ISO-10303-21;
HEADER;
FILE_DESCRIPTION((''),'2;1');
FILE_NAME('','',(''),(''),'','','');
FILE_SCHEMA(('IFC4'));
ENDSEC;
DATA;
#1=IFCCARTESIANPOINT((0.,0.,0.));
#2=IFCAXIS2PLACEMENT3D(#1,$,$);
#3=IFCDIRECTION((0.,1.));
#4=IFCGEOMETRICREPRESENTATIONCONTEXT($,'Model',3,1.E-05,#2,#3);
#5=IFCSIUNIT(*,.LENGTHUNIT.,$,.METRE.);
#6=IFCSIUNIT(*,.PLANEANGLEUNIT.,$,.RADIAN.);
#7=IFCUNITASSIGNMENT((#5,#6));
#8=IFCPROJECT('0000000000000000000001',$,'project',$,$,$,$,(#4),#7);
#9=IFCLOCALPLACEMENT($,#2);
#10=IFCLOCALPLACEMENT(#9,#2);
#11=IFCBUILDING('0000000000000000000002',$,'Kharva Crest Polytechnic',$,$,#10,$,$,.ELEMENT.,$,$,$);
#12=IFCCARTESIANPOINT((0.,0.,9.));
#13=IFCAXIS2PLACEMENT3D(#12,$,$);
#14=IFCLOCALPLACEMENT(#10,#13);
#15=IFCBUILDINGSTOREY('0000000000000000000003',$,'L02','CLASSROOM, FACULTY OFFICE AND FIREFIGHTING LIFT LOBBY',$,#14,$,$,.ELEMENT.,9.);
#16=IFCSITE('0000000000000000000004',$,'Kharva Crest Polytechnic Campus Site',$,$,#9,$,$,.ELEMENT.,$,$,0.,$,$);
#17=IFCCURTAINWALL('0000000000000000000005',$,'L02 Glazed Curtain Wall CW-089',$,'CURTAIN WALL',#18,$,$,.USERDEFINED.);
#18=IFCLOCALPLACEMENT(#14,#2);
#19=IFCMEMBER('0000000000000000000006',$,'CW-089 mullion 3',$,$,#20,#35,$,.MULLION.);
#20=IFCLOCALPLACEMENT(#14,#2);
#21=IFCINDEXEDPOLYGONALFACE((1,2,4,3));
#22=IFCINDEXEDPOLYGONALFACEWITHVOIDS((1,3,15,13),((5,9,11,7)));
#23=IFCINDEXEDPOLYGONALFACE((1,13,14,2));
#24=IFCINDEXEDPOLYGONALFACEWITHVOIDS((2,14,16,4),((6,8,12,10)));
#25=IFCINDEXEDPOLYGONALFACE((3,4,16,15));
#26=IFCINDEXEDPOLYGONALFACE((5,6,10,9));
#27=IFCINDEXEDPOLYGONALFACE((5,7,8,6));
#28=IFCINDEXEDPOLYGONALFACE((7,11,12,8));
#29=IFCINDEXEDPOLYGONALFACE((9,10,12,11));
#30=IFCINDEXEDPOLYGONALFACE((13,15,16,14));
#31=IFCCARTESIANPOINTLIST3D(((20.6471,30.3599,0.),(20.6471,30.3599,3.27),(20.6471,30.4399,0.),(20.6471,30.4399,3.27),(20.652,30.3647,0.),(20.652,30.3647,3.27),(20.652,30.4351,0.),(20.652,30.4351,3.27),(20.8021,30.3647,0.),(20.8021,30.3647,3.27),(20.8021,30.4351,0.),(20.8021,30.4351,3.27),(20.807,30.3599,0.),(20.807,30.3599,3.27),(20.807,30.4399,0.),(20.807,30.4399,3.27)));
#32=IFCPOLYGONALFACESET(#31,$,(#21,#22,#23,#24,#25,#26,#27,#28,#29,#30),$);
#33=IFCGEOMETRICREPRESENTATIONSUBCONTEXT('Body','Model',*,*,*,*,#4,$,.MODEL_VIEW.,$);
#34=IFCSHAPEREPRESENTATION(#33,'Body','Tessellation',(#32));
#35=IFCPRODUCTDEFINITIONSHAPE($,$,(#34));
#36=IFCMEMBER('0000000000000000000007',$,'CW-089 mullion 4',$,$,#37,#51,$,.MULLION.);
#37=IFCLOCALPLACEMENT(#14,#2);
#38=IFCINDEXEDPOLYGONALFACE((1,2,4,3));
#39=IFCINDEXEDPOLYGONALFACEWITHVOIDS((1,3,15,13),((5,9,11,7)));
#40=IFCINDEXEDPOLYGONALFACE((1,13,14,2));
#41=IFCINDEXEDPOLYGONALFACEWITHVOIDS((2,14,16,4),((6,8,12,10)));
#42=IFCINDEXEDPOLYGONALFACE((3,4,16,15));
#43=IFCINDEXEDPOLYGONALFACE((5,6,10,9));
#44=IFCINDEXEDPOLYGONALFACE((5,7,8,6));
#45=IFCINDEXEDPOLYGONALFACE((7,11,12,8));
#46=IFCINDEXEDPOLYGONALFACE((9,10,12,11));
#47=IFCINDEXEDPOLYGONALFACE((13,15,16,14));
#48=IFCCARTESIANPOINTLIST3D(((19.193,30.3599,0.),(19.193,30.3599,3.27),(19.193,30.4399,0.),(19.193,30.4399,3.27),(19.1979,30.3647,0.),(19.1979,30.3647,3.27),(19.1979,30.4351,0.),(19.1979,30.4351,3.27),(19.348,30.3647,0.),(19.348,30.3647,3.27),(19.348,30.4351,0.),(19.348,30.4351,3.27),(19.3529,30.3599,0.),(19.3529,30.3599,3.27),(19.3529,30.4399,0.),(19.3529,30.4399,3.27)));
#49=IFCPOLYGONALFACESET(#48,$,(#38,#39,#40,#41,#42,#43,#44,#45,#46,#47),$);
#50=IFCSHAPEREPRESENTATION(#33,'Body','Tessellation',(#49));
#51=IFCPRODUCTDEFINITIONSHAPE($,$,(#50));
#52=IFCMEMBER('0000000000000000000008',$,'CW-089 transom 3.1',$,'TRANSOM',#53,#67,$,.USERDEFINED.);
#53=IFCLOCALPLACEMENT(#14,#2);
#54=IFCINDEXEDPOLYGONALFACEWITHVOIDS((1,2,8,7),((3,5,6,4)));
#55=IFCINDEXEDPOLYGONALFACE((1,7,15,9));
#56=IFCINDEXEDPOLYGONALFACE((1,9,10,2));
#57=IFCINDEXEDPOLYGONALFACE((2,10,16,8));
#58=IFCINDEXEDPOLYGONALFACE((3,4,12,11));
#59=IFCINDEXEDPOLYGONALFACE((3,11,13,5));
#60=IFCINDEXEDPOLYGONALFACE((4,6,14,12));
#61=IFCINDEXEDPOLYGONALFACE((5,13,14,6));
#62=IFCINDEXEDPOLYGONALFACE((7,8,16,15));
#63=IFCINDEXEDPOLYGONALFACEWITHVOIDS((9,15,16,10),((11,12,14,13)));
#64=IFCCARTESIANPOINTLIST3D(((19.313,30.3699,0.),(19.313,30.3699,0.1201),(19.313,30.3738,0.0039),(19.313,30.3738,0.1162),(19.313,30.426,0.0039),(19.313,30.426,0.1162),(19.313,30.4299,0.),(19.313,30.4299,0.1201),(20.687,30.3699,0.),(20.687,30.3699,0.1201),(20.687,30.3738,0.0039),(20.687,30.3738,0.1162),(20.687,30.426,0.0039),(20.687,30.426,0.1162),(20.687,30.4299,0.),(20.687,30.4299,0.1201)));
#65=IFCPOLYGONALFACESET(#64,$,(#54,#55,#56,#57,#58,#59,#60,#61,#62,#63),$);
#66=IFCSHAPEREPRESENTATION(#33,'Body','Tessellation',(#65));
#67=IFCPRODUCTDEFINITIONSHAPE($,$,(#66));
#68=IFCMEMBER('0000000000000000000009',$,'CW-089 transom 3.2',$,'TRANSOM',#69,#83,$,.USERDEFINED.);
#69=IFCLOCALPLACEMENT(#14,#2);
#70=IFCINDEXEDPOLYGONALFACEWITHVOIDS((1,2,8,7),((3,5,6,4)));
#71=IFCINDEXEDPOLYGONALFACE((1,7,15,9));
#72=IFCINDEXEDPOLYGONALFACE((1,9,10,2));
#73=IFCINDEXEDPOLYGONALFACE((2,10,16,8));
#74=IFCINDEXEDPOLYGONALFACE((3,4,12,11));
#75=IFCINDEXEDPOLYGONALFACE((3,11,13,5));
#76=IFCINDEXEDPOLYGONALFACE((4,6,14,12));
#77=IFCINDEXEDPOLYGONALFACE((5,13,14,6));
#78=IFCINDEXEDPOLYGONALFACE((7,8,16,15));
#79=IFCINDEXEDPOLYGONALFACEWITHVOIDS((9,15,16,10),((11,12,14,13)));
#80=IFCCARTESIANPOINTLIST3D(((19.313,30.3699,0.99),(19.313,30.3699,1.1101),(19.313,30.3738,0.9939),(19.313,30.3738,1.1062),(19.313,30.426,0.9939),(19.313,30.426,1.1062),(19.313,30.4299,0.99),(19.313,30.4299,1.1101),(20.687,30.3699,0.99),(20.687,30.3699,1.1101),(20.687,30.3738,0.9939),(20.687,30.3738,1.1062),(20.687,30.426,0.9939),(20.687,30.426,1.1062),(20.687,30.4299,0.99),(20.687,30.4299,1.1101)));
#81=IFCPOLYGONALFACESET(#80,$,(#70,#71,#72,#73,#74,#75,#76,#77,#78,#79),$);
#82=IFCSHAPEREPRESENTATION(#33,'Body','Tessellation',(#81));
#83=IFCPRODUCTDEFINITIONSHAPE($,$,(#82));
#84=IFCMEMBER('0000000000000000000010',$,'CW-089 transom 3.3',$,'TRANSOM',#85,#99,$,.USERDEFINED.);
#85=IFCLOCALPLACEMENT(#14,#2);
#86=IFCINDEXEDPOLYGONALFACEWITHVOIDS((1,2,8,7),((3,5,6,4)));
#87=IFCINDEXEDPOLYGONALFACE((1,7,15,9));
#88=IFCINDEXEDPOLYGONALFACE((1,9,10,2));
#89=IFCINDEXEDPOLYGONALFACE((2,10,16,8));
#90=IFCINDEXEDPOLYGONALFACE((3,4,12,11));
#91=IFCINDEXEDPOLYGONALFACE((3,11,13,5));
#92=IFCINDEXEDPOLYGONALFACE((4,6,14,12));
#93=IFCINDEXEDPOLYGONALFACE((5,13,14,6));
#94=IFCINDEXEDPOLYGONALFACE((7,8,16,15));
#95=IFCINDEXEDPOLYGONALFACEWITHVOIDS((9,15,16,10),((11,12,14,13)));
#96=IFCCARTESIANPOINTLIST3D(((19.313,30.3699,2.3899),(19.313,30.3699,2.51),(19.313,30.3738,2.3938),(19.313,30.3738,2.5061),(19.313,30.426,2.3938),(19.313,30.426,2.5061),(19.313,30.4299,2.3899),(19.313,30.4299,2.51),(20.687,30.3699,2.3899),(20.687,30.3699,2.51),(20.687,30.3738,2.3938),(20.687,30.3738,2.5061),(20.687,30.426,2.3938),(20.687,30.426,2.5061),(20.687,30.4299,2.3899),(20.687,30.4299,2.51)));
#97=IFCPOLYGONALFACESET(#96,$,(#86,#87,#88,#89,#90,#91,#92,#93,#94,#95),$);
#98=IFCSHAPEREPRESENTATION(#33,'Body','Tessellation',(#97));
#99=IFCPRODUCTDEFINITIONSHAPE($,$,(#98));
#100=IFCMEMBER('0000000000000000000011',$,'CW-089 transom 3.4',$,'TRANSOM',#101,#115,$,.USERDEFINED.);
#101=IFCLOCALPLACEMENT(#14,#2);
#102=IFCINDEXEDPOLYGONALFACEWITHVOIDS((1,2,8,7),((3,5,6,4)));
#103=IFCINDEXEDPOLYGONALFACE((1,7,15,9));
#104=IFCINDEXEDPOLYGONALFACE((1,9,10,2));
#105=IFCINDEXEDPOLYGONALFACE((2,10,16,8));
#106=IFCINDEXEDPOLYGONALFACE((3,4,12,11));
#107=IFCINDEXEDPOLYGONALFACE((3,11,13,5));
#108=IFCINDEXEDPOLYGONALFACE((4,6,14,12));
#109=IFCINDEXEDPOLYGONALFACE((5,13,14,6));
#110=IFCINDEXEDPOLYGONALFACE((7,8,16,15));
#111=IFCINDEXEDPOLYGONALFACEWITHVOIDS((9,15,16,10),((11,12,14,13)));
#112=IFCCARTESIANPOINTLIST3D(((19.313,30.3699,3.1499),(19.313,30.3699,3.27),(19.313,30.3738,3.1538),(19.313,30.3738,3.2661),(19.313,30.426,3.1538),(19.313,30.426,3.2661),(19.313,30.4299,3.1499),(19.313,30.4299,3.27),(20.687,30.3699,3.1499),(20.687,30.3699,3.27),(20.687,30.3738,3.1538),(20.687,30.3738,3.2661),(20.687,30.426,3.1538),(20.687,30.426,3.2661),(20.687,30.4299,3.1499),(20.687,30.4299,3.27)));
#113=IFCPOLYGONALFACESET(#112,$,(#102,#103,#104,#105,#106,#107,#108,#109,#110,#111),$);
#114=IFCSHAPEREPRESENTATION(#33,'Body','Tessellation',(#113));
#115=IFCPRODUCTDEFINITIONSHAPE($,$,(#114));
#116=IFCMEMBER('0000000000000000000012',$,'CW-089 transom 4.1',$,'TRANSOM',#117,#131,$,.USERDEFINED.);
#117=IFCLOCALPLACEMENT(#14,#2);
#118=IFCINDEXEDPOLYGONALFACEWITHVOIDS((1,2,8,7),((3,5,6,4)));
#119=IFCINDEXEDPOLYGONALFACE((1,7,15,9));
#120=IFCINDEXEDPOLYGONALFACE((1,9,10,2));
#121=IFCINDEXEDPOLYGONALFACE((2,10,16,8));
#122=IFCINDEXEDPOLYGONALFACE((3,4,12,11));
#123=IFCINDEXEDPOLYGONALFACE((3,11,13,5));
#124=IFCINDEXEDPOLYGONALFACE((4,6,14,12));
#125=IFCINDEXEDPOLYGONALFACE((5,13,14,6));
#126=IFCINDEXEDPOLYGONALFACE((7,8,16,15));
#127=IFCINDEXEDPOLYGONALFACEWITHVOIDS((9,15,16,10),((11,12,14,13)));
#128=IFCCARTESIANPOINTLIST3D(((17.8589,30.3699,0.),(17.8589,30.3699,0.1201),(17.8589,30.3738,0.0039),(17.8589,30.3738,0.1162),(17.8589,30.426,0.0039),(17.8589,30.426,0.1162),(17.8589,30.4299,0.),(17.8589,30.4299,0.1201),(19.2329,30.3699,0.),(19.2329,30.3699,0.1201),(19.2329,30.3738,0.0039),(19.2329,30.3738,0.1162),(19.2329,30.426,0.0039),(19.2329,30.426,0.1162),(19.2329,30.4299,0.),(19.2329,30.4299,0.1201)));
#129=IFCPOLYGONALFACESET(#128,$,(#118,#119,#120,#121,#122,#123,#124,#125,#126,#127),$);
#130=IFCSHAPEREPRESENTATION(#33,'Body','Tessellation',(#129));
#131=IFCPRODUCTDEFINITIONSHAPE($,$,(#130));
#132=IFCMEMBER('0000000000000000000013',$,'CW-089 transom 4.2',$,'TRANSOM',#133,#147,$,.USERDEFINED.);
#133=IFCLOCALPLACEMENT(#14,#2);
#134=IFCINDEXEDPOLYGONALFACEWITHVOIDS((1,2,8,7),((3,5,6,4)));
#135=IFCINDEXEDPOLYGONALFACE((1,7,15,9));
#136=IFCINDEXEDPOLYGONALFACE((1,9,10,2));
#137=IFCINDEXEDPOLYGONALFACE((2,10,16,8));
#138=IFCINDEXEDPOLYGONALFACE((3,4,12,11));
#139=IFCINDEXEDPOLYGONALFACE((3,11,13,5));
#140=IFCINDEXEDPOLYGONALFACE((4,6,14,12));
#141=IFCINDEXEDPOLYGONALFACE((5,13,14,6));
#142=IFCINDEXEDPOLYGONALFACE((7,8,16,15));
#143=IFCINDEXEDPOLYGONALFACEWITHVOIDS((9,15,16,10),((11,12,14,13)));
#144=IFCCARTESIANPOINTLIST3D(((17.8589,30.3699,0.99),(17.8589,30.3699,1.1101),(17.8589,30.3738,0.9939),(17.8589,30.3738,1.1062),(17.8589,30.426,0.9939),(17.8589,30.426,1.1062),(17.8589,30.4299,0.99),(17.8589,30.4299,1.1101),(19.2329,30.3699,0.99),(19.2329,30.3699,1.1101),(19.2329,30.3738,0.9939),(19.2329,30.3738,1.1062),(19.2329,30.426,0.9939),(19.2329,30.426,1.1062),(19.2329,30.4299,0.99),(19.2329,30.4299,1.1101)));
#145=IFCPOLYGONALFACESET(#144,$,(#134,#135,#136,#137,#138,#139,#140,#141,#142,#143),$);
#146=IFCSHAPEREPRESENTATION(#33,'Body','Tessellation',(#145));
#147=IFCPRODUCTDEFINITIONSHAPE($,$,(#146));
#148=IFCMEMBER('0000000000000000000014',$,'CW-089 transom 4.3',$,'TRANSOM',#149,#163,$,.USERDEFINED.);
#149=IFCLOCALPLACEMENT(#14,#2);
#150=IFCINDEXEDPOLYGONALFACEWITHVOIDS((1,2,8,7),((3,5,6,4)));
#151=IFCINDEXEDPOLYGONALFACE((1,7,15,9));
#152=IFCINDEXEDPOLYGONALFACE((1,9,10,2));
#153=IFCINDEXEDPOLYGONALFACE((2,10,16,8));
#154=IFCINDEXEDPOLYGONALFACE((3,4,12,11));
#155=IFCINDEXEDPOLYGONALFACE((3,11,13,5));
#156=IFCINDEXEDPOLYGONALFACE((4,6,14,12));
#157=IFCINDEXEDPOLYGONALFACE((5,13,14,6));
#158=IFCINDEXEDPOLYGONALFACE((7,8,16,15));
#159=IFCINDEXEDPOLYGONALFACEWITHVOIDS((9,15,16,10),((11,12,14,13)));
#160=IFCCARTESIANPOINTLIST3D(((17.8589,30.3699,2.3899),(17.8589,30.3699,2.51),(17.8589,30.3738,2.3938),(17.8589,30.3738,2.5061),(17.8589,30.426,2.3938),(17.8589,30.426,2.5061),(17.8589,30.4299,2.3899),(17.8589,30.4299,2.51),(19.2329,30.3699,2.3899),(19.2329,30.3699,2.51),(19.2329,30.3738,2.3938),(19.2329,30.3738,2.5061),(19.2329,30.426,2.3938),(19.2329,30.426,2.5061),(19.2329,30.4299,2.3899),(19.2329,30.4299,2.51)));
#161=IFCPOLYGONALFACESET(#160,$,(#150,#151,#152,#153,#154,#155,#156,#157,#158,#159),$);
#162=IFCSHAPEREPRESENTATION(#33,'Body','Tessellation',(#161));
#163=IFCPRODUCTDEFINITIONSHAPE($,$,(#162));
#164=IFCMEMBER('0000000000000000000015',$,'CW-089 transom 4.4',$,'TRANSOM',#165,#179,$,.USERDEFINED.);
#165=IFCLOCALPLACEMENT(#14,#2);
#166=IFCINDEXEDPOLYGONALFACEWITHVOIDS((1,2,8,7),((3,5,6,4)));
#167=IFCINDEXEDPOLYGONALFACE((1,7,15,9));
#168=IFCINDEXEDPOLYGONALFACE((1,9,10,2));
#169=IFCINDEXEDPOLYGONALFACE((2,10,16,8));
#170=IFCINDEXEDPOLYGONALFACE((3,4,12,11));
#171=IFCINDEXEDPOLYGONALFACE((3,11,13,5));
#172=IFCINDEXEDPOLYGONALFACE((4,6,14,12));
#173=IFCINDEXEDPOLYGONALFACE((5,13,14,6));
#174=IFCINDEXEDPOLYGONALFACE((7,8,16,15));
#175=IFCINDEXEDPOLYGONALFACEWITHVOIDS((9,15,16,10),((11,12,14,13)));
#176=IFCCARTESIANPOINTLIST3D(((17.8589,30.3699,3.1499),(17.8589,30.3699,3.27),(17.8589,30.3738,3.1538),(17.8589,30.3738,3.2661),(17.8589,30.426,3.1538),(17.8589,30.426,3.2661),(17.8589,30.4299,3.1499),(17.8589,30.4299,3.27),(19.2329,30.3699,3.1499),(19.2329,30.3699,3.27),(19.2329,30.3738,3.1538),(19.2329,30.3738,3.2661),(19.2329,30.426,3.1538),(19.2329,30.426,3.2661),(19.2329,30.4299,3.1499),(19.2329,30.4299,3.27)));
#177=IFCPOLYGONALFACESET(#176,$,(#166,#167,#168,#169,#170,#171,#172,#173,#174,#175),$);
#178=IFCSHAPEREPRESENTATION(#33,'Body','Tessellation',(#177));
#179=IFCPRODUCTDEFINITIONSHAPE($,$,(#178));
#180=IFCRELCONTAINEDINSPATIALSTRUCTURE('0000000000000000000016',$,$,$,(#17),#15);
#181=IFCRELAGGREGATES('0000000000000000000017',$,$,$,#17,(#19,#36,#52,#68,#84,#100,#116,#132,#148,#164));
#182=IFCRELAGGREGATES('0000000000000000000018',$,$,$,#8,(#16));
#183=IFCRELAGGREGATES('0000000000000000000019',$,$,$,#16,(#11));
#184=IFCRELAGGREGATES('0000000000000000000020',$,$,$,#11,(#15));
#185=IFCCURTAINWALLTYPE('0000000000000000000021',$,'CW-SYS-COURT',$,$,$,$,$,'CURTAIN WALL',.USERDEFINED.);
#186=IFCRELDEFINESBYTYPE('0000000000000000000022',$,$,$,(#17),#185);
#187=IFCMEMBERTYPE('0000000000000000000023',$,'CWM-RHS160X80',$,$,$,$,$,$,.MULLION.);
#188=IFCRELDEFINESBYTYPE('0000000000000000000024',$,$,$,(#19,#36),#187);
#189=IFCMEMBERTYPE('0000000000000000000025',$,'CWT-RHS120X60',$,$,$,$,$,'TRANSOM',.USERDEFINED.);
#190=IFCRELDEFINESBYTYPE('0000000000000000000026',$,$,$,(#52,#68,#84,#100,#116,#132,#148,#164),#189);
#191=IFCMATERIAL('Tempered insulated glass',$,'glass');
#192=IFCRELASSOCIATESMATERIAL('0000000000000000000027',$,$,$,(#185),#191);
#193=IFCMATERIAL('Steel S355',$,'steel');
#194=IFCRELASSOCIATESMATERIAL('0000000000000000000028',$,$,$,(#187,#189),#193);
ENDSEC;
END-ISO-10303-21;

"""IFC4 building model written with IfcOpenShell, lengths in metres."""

from ifc_helpers import new_model, si_unit, direction, frame, origin, origin_2d, place, context, subcontext, project, spatial, hollow_rectangle, extrude, material, material_profile, profile_set, type_object, element, aggregate, save


model = new_model("IFC4")

# Units and contexts
model_context = context("Model", 3, precision=1e-05, world=origin(), true_north=direction((0.0, 1.0)))
body_context = subcontext(model_context, "Body", "Model", "MODEL_VIEW")
ifc_project = project(units=[si_unit("LENGTHUNIT", "METRE"), si_unit("PLANEANGLEUNIT", "RADIAN")], contexts=[model_context])

# Site, building, storey
site_placement = place(None, origin())
site = spatial("IfcSite", under=ifc_project, at=site_placement, Name="Kharva Crest Polytechnic Campus Site", CompositionType="ELEMENT", RefElevation=0.0)
building_placement = place(site_placement, origin())
building = spatial("IfcBuilding", under=site, at=building_placement, Name="Kharva Crest Polytechnic", CompositionType="ELEMENT")
storey_placement = place(building_placement, frame((0.0, 0.0, 9.0)))
storey = spatial("IfcBuildingStorey", under=building, at=storey_placement, Name="L02", Description="CLASSROOM, FACULTY OFFICE AND FIREFIGHTING LIFT LOBBY", CompositionType="ELEMENT", Elevation=9.0)

# Curtain wall, members
ifc_material_1 = material(Name="Tempered insulated glass", Category="glass")
curtain_wall_type = type_object("IfcCurtainWallType", Name="CW-SYS-COURT", ElementType="CURTAIN WALL", PredefinedType="USERDEFINED", material=ifc_material_1)
curtain_wall_placement = place(storey_placement, origin())
curtain_wall = element("IfcCurtainWall", 1, at=curtain_wall_placement, inside=storey, type_object=curtain_wall_type, Name="L02 Glazed Curtain Wall CW-089", ObjectType="CURTAIN WALL", PredefinedType="USERDEFINED")
ifc_material_2 = material(Name="Steel S355", Category="steel")
ifc_material_profile_1 = material_profile(ifc_material_2, hollow_rectangle(XDim=0.0801, YDim=0.1599, WallThickness=0.0049, at=origin_2d()), Name="RHS 160X80X5.0")
ifc_profile_set_1 = profile_set([ifc_material_profile_1], Name="Steel S355")
member_type_1 = type_object("IfcMemberType", Name="CWM-RHS160X80", PredefinedType="MULLION", material=ifc_profile_set_1)
member_1_placement = place(storey_placement, frame((20.7271, 30.3999, 0.0), z_axis=(0.0, 0.0, 1.0), x_axis=(0.0, -1.0, 0.0)))
member_1 = element("IfcMember", 2, at=member_1_placement, type_object=member_type_1, Name="CW-089 mullion 3", PredefinedType="MULLION", context=body_context, shape_type="SweptSolid", body=[
    extrude(hollow_rectangle(XDim=0.0801, YDim=0.1599, WallThickness=0.0049, at=origin_2d()), origin(), (0.0, 0.0, 1.0), 3.27),
])
member_2_placement = place(storey_placement, frame((19.2729, 30.3999, 0.0), z_axis=(0.0, 0.0, 1.0), x_axis=(0.0, -1.0, 0.0)))
member_2 = element("IfcMember", 3, at=member_2_placement, type_object=member_type_1, Name="CW-089 mullion 4", PredefinedType="MULLION", context=body_context, shape_type="SweptSolid", body=[
    extrude(hollow_rectangle(XDim=0.0801, YDim=0.1599, WallThickness=0.0049, at=origin_2d()), origin(), (0.0, 0.0, 1.0), 3.27),
])
ifc_material_profile_2 = material_profile(ifc_material_2, hollow_rectangle(XDim=0.0601, YDim=0.1201, WallThickness=0.0039, at=origin_2d()), Name="RHS 120X60X4.0")
ifc_profile_set_2 = profile_set([ifc_material_profile_2], Name="Steel S355")
member_type_2 = type_object("IfcMemberType", Name="CWT-RHS120X60", ElementType="TRANSOM", PredefinedType="USERDEFINED", material=ifc_profile_set_2)
member_3_placement = place(storey_placement, frame((20.687, 30.3999, 0.0601), z_axis=(-1.0, 0.0, 0.0), x_axis=(0.0, -1.0, 0.0)))
member_3 = element("IfcMember", 4, at=member_3_placement, type_object=member_type_2, Name="CW-089 transom 3.1", ObjectType="TRANSOM", PredefinedType="USERDEFINED", context=body_context, shape_type="SweptSolid", body=[
    extrude(hollow_rectangle(XDim=0.0601, YDim=0.1201, WallThickness=0.0039, at=origin_2d()), origin(), (0.0, 0.0, 1.0), 1.374),
])
member_4_placement = place(storey_placement, frame((20.687, 30.3999, 1.05), z_axis=(-1.0, 0.0, 0.0), x_axis=(0.0, -1.0, 0.0)))
member_4 = element("IfcMember", 5, at=member_4_placement, type_object=member_type_2, Name="CW-089 transom 3.2", ObjectType="TRANSOM", PredefinedType="USERDEFINED", context=body_context, shape_type="SweptSolid", body=[
    extrude(hollow_rectangle(XDim=0.0601, YDim=0.1201, WallThickness=0.0039, at=origin_2d()), origin(), (0.0, 0.0, 1.0), 1.374),
])
member_5_placement = place(storey_placement, frame((20.687, 30.3999, 2.45), z_axis=(-1.0, 0.0, 0.0), x_axis=(0.0, -1.0, 0.0)))
member_5 = element("IfcMember", 6, at=member_5_placement, type_object=member_type_2, Name="CW-089 transom 3.3", ObjectType="TRANSOM", PredefinedType="USERDEFINED", context=body_context, shape_type="SweptSolid", body=[
    extrude(hollow_rectangle(XDim=0.0601, YDim=0.1201, WallThickness=0.0039, at=origin_2d()), origin(), (0.0, 0.0, 1.0), 1.374),
])
member_6_placement = place(storey_placement, frame((20.687, 30.3999, 3.21), z_axis=(-1.0, 0.0, 0.0), x_axis=(0.0, -1.0, 0.0)))
member_6 = element("IfcMember", 7, at=member_6_placement, type_object=member_type_2, Name="CW-089 transom 3.4", ObjectType="TRANSOM", PredefinedType="USERDEFINED", context=body_context, shape_type="SweptSolid", body=[
    extrude(hollow_rectangle(XDim=0.0601, YDim=0.1201, WallThickness=0.0039, at=origin_2d()), origin(), (0.0, 0.0, 1.0), 1.374),
])
member_7_placement = place(storey_placement, frame((19.2329, 30.3999, 0.0601), z_axis=(-1.0, 0.0, 0.0), x_axis=(0.0, -1.0, 0.0)))
member_7 = element("IfcMember", 8, at=member_7_placement, type_object=member_type_2, Name="CW-089 transom 4.1", ObjectType="TRANSOM", PredefinedType="USERDEFINED", context=body_context, shape_type="SweptSolid", body=[
    extrude(hollow_rectangle(XDim=0.0601, YDim=0.1201, WallThickness=0.0039, at=origin_2d()), origin(), (0.0, 0.0, 1.0), 1.374),
])
member_8_placement = place(storey_placement, frame((19.2329, 30.3999, 1.05), z_axis=(-1.0, 0.0, 0.0), x_axis=(0.0, -1.0, 0.0)))
member_8 = element("IfcMember", 9, at=member_8_placement, type_object=member_type_2, Name="CW-089 transom 4.2", ObjectType="TRANSOM", PredefinedType="USERDEFINED", context=body_context, shape_type="SweptSolid", body=[
    extrude(hollow_rectangle(XDim=0.0601, YDim=0.1201, WallThickness=0.0039, at=origin_2d()), origin(), (0.0, 0.0, 1.0), 1.374),
])
member_9_placement = place(storey_placement, frame((19.2329, 30.3999, 2.45), z_axis=(-1.0, 0.0, 0.0), x_axis=(0.0, -1.0, 0.0)))
member_9 = element("IfcMember", 10, at=member_9_placement, type_object=member_type_2, Name="CW-089 transom 4.3", ObjectType="TRANSOM", PredefinedType="USERDEFINED", context=body_context, shape_type="SweptSolid", body=[
    extrude(hollow_rectangle(XDim=0.0601, YDim=0.1201, WallThickness=0.0039, at=origin_2d()), origin(), (0.0, 0.0, 1.0), 1.374),
])
member_10_placement = place(storey_placement, frame((19.2329, 30.3999, 3.21), z_axis=(-1.0, 0.0, 0.0), x_axis=(0.0, -1.0, 0.0)))
member_10 = element("IfcMember", 11, at=member_10_placement, type_object=member_type_2, Name="CW-089 transom 4.4", ObjectType="TRANSOM", PredefinedType="USERDEFINED", context=body_context, shape_type="SweptSolid", body=[
    extrude(hollow_rectangle(XDim=0.0601, YDim=0.1201, WallThickness=0.0039, at=origin_2d()), origin(), (0.0, 0.0, 1.0), 1.374),
])

aggregate(curtain_wall, [member_1, member_2, member_3, member_4, member_5, member_6, member_7, member_8, member_9, member_10])

save(model, "model.ifc")
